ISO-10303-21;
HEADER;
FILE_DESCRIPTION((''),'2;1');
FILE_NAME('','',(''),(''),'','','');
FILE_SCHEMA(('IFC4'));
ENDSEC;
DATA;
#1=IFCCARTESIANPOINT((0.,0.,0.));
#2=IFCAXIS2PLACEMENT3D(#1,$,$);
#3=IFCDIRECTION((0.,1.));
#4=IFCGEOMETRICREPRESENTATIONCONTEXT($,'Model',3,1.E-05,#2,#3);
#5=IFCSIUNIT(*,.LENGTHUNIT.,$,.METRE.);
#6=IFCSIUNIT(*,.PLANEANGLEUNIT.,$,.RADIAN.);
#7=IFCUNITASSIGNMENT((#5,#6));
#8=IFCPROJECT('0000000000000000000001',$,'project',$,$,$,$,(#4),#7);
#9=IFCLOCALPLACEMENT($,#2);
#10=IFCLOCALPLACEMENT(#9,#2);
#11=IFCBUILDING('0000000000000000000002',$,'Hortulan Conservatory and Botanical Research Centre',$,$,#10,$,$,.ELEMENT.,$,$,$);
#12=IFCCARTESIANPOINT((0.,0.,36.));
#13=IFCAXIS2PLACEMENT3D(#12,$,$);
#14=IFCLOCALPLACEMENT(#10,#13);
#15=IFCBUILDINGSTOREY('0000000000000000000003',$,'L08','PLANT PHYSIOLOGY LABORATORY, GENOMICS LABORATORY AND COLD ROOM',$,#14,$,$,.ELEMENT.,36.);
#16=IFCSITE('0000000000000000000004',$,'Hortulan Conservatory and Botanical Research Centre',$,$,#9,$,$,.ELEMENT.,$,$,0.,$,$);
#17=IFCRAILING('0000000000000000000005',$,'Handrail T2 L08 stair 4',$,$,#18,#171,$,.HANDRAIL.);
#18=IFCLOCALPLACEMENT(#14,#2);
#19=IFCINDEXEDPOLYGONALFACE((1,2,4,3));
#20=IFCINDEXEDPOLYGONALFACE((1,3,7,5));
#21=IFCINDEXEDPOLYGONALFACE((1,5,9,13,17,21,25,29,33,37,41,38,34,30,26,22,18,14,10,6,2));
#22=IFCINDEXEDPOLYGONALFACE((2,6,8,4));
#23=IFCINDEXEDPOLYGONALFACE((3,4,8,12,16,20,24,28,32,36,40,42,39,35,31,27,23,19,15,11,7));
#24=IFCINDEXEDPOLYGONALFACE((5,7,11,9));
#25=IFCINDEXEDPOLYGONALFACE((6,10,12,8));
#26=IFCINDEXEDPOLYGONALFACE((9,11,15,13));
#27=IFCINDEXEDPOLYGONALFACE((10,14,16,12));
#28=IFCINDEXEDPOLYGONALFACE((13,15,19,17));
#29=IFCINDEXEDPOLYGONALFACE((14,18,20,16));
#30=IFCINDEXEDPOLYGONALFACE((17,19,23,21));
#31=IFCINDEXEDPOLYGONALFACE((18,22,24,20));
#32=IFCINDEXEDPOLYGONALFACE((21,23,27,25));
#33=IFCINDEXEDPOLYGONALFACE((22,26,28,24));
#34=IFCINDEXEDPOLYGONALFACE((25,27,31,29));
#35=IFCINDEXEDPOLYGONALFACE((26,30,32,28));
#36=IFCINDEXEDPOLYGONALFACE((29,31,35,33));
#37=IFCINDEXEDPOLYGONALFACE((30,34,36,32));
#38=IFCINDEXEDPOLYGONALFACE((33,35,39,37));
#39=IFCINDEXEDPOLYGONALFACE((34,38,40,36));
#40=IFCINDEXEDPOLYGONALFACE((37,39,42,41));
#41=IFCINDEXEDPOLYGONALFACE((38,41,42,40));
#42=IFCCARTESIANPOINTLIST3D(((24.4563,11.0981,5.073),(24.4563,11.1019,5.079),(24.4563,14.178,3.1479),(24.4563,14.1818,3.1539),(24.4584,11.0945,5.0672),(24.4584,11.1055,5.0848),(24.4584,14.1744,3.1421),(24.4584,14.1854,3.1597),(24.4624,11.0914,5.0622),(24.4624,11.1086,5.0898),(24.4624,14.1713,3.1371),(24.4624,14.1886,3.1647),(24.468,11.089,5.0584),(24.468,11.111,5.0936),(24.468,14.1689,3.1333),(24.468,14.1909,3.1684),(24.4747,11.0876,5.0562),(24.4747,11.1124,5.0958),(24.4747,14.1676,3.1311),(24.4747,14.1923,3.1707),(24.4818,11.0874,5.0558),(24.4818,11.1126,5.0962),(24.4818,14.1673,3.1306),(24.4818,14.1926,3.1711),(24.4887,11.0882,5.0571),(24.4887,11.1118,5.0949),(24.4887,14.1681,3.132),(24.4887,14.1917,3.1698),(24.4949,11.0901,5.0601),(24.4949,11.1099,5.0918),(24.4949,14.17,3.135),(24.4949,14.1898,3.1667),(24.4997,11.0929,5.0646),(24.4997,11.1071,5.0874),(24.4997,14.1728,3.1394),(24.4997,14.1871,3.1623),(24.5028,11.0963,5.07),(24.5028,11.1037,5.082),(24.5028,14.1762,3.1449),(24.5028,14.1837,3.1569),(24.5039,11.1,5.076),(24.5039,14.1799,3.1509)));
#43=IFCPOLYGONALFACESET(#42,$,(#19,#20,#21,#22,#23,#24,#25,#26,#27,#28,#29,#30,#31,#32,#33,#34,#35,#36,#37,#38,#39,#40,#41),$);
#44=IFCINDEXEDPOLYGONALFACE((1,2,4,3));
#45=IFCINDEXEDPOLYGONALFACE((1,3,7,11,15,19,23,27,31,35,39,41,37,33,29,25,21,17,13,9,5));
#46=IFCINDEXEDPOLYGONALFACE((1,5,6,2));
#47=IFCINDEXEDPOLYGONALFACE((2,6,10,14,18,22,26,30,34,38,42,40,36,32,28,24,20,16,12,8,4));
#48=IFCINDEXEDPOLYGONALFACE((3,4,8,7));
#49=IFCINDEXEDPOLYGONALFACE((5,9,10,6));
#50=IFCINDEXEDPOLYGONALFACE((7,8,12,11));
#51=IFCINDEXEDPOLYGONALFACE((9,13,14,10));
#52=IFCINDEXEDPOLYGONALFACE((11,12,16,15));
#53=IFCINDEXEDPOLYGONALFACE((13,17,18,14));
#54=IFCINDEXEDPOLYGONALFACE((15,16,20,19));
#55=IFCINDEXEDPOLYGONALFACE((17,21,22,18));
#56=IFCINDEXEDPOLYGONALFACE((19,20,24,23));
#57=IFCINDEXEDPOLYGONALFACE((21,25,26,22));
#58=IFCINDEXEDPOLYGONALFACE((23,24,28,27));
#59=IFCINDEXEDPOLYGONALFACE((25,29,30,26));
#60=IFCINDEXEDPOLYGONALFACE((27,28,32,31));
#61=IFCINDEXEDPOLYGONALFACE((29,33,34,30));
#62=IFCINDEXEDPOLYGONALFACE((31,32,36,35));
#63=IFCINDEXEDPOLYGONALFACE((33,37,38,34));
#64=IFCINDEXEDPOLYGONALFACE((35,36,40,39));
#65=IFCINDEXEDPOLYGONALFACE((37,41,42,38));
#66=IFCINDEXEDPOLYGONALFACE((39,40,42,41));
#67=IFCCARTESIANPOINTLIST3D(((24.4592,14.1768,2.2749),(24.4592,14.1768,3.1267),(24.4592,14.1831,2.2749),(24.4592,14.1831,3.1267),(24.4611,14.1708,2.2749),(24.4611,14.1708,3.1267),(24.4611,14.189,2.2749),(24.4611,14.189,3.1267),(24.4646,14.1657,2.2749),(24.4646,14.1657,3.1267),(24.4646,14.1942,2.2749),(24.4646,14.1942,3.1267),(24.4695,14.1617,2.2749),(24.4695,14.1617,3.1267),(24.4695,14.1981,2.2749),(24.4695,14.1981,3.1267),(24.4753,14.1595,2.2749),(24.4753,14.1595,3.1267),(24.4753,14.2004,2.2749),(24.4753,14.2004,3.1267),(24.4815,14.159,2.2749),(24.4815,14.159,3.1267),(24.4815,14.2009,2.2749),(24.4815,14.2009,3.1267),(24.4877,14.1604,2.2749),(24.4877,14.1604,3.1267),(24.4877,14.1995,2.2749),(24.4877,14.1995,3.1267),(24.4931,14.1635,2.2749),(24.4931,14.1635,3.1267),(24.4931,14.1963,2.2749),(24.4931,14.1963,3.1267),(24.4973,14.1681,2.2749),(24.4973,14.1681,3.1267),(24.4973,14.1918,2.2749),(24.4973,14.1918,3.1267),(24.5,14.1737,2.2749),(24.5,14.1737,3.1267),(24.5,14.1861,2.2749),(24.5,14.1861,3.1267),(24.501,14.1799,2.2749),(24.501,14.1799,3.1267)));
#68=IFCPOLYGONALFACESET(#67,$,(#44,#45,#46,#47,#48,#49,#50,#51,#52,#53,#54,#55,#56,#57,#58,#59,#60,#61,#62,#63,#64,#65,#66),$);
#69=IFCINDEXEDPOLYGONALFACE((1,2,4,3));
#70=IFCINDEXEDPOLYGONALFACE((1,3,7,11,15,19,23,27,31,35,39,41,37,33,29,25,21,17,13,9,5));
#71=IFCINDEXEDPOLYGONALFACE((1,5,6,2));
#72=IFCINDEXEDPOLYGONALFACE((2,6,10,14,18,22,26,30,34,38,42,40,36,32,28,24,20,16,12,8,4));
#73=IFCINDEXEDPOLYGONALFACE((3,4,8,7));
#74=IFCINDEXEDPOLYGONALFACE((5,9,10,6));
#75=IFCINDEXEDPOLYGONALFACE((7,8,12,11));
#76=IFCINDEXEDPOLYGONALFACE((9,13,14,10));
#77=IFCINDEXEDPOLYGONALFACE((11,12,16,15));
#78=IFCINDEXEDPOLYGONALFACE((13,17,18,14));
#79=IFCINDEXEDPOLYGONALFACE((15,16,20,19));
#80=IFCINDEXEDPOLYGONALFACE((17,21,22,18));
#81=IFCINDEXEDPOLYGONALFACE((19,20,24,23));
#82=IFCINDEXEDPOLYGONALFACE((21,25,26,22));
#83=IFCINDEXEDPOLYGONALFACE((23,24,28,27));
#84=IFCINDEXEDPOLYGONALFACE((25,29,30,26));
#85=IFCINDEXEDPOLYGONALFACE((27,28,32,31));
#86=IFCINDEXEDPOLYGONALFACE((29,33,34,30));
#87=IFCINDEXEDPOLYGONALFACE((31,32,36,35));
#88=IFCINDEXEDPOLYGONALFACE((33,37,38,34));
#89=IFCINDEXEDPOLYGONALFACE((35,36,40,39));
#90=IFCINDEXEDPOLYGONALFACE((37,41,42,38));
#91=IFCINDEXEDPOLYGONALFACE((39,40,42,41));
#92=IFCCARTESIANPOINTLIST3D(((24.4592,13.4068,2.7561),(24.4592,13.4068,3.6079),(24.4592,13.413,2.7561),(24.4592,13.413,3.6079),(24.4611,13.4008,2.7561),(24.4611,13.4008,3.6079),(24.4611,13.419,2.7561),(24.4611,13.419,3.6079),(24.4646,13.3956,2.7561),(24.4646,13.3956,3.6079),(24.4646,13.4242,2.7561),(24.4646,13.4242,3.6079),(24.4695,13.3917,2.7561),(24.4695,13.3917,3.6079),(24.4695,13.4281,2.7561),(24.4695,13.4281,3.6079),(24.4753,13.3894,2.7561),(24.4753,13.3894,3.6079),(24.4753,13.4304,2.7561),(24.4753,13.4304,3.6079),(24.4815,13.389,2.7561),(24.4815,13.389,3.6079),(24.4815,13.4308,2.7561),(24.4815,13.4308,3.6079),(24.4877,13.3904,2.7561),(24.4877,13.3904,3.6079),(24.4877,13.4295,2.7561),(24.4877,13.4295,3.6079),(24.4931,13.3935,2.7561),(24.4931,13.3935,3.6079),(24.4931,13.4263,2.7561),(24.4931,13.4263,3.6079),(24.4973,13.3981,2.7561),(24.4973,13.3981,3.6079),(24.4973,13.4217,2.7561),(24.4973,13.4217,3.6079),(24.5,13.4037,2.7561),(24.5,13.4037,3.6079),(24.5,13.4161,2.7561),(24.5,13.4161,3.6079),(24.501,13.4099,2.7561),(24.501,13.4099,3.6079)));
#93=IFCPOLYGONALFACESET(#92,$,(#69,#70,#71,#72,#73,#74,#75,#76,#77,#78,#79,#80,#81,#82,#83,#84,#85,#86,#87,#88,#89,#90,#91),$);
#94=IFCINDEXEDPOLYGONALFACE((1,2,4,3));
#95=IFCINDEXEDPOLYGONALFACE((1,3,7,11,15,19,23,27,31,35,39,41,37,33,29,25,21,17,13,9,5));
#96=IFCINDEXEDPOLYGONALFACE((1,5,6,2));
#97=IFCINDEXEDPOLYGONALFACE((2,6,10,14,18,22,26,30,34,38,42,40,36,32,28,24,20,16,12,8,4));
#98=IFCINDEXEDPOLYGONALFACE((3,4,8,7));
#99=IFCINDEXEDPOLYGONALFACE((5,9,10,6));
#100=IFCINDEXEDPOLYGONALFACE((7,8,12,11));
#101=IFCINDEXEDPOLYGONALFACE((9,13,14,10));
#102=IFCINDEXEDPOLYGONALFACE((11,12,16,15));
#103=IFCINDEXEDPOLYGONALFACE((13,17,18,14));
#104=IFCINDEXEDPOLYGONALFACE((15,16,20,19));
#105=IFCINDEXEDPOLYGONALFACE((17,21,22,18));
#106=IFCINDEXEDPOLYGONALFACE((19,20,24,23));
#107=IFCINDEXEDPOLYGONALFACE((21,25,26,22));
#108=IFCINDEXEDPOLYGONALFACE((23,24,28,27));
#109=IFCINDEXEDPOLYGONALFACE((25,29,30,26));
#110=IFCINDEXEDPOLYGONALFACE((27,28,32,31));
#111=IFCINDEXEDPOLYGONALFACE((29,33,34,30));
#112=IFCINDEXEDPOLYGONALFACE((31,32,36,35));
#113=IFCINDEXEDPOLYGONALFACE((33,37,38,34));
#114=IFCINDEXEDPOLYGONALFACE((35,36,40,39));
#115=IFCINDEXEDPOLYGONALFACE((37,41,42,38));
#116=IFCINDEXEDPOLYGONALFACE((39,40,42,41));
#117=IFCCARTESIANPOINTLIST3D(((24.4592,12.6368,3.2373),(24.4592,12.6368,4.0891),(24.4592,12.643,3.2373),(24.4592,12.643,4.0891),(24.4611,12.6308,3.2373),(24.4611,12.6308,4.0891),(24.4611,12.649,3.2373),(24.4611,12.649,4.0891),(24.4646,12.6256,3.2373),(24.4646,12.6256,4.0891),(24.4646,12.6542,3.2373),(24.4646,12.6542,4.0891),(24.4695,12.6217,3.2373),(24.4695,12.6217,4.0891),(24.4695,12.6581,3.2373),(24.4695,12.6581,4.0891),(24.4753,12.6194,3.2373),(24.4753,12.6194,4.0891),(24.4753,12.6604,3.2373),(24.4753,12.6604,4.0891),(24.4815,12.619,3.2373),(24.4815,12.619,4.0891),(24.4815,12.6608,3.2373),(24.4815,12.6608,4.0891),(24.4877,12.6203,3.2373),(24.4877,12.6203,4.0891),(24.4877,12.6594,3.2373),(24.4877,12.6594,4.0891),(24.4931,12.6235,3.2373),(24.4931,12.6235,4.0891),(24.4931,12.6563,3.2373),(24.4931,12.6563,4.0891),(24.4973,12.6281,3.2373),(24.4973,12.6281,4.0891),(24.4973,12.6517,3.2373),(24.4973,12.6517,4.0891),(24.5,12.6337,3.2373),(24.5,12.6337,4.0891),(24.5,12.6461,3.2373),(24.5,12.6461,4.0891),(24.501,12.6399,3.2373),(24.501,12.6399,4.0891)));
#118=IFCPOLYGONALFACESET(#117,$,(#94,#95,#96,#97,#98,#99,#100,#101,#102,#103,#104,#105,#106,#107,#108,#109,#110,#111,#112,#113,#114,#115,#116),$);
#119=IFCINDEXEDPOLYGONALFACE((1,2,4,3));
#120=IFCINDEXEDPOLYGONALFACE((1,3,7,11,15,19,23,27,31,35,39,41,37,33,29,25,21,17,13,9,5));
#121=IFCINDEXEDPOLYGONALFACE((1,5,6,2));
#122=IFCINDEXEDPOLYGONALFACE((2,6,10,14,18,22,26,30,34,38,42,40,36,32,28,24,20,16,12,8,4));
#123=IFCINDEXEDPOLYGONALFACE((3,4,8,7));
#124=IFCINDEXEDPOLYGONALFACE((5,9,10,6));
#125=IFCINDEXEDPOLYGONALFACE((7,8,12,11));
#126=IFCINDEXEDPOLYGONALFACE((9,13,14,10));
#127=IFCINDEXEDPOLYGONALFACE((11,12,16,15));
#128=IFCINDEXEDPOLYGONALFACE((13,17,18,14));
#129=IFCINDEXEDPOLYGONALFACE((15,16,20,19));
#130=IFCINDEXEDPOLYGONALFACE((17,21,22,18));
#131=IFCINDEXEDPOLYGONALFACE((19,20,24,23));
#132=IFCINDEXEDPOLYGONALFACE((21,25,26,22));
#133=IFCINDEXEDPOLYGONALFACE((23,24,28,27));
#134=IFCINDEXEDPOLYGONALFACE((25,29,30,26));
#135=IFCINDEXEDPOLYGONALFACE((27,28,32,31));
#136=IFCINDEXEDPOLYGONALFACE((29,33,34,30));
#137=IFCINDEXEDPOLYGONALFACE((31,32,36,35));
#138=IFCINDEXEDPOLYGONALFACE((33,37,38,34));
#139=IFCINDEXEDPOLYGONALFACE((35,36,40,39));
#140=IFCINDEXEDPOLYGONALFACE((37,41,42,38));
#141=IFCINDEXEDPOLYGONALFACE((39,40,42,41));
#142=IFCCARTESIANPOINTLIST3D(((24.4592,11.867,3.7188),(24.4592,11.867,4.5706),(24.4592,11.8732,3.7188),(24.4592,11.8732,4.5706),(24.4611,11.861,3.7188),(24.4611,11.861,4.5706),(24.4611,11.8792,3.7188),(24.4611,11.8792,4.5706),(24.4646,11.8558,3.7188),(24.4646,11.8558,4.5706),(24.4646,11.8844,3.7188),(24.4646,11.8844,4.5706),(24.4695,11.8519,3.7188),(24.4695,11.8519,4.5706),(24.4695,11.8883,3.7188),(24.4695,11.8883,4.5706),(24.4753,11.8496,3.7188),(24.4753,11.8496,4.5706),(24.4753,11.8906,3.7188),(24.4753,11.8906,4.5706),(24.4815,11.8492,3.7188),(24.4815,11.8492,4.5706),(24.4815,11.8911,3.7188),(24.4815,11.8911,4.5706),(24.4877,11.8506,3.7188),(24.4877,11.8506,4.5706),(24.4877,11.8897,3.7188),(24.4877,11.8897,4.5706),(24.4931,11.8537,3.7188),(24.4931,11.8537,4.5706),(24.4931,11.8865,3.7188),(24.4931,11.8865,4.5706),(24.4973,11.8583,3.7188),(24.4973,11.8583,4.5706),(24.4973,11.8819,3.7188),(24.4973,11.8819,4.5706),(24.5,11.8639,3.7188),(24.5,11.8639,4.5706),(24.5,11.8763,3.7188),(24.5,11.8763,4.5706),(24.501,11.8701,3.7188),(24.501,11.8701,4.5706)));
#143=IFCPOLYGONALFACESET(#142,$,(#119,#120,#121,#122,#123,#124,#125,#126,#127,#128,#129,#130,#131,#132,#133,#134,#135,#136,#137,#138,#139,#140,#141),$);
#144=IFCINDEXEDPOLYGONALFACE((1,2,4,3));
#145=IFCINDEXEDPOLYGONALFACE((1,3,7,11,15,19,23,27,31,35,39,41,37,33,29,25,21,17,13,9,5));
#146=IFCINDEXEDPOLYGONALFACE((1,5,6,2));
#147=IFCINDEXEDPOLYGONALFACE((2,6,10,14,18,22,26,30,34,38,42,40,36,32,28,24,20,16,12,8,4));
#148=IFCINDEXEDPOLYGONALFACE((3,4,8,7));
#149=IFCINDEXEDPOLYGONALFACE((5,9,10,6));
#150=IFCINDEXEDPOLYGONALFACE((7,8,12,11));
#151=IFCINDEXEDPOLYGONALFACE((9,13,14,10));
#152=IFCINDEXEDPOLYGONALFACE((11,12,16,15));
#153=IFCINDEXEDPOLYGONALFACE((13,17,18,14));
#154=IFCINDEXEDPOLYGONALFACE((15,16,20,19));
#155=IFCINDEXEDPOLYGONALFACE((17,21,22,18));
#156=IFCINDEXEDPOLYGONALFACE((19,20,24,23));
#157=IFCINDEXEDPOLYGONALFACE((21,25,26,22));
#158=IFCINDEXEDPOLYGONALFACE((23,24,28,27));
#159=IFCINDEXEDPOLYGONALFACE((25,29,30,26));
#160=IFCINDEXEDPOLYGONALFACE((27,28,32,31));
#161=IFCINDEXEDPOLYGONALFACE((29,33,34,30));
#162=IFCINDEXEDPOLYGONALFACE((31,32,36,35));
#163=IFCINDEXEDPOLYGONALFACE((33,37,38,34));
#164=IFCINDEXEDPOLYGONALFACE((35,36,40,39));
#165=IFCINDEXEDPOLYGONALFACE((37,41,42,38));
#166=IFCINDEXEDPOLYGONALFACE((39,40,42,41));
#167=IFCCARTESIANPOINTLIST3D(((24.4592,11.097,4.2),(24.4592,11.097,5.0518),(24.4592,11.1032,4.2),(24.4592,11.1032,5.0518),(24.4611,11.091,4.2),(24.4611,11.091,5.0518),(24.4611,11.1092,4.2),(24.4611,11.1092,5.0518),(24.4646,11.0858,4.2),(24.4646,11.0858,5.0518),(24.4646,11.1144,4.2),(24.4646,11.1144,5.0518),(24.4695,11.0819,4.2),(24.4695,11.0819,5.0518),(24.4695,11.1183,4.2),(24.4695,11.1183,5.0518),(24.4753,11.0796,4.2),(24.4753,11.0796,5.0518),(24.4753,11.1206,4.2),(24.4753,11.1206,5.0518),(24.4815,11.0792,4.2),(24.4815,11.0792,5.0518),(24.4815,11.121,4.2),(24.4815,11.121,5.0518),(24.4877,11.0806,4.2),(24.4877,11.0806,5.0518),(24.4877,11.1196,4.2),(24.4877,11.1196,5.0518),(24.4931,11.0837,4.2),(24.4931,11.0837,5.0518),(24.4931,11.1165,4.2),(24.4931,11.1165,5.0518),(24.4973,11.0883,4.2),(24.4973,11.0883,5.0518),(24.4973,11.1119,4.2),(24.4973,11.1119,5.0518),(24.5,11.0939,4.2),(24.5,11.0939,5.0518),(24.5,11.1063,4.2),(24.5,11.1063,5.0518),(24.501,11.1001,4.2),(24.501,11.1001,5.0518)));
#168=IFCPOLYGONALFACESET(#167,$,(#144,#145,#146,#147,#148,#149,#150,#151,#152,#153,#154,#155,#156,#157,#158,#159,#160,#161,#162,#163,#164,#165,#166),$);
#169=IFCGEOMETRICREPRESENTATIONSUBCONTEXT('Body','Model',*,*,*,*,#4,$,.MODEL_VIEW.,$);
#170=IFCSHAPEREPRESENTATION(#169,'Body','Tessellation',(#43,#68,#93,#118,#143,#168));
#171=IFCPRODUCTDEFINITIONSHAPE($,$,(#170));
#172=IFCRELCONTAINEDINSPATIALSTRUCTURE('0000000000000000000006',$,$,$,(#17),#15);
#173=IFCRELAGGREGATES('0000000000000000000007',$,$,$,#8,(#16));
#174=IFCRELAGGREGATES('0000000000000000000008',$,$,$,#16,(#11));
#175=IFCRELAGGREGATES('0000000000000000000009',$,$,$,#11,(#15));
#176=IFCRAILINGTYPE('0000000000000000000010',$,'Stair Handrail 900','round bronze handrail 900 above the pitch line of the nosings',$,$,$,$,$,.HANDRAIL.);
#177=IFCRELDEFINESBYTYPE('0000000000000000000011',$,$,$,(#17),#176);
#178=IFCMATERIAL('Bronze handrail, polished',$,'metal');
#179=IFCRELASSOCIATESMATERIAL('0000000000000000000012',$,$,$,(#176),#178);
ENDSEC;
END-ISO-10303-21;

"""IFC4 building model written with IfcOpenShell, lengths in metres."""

from ifc_helpers import new_model, si_unit, direction, frame, origin, origin_2d, place, context, subcontext, project, spatial, circle, extrude, material, type_object, element, save


model = new_model("IFC4")

# Units and contexts
model_context = context("Model", 3, precision=1e-05, world=origin(), true_north=direction((0.0, 1.0)))
body_context = subcontext(model_context, "Body", "Model", "MODEL_VIEW")
ifc_project = project(units=[si_unit("LENGTHUNIT", "METRE"), si_unit("PLANEANGLEUNIT", "RADIAN")], contexts=[model_context])

# Site, building, storey
site_placement = place(None, origin())
site = spatial("IfcSite", under=ifc_project, at=site_placement, Name="Hortulan Conservatory and Botanical Research Centre", CompositionType="ELEMENT", RefElevation=0.0)
building_placement = place(site_placement, origin())
building = spatial("IfcBuilding", under=site, at=building_placement, Name="Hortulan Conservatory and Botanical Research Centre", CompositionType="ELEMENT")
storey_placement = place(building_placement, frame((0.0, 0.0, 36.0)))
storey = spatial("IfcBuildingStorey", under=building, at=storey_placement, Name="L08", Description="PLANT PHYSIOLOGY LABORATORY, GENOMICS LABORATORY AND COLD ROOM", CompositionType="ELEMENT", Elevation=36.0)

# Railing
ifc_material_1 = material(Name="Bronze handrail, polished", Category="metal")
railing_type_1 = type_object("IfcRailingType", Name="Stair Handrail 900", Description="round bronze handrail 900 above the pitch line of the nosings", PredefinedType="HANDRAIL", material=ifc_material_1)
railing_1_placement = place(storey_placement, frame((24.48, 14.1799, 2.2749)))
element("IfcRailing", 1, at=railing_1_placement, inside=storey, type_object=railing_type_1, Name="Handrail T2 L08 stair 4", PredefinedType="HANDRAIL", context=body_context, shape_type="SweptSolid", body=[
    extrude(circle(Radius=0.0239, at=origin_2d()), frame((0.0, 0.0, 0.876), z_axis=(0.0, -0.847979, 0.530029), x_axis=(1.0, 0.0, 0.0)), (0.0, 0.0, 1.0), 3.6321),
    extrude(circle(Radius=0.021, at=origin_2d()), origin(), (0.0, 0.0, 1.0), 0.8518),
    extrude(circle(Radius=0.021, at=origin_2d()), frame((0.0, -0.77, 0.4812)), (0.0, 0.0, 1.0), 0.8518),
    extrude(circle(Radius=0.021, at=origin_2d()), frame((0.0, -1.54, 0.9624)), (0.0, 0.0, 1.0), 0.8518),
    extrude(circle(Radius=0.021, at=origin_2d()), frame((0.0, -2.3098, 1.4438)), (0.0, 0.0, 1.0), 0.8518),
    extrude(circle(Radius=0.021, at=origin_2d()), frame((0.0, -3.0798, 1.925)), (0.0, 0.0, 1.0), 0.8518),
])

save(model, "model.ifc")
